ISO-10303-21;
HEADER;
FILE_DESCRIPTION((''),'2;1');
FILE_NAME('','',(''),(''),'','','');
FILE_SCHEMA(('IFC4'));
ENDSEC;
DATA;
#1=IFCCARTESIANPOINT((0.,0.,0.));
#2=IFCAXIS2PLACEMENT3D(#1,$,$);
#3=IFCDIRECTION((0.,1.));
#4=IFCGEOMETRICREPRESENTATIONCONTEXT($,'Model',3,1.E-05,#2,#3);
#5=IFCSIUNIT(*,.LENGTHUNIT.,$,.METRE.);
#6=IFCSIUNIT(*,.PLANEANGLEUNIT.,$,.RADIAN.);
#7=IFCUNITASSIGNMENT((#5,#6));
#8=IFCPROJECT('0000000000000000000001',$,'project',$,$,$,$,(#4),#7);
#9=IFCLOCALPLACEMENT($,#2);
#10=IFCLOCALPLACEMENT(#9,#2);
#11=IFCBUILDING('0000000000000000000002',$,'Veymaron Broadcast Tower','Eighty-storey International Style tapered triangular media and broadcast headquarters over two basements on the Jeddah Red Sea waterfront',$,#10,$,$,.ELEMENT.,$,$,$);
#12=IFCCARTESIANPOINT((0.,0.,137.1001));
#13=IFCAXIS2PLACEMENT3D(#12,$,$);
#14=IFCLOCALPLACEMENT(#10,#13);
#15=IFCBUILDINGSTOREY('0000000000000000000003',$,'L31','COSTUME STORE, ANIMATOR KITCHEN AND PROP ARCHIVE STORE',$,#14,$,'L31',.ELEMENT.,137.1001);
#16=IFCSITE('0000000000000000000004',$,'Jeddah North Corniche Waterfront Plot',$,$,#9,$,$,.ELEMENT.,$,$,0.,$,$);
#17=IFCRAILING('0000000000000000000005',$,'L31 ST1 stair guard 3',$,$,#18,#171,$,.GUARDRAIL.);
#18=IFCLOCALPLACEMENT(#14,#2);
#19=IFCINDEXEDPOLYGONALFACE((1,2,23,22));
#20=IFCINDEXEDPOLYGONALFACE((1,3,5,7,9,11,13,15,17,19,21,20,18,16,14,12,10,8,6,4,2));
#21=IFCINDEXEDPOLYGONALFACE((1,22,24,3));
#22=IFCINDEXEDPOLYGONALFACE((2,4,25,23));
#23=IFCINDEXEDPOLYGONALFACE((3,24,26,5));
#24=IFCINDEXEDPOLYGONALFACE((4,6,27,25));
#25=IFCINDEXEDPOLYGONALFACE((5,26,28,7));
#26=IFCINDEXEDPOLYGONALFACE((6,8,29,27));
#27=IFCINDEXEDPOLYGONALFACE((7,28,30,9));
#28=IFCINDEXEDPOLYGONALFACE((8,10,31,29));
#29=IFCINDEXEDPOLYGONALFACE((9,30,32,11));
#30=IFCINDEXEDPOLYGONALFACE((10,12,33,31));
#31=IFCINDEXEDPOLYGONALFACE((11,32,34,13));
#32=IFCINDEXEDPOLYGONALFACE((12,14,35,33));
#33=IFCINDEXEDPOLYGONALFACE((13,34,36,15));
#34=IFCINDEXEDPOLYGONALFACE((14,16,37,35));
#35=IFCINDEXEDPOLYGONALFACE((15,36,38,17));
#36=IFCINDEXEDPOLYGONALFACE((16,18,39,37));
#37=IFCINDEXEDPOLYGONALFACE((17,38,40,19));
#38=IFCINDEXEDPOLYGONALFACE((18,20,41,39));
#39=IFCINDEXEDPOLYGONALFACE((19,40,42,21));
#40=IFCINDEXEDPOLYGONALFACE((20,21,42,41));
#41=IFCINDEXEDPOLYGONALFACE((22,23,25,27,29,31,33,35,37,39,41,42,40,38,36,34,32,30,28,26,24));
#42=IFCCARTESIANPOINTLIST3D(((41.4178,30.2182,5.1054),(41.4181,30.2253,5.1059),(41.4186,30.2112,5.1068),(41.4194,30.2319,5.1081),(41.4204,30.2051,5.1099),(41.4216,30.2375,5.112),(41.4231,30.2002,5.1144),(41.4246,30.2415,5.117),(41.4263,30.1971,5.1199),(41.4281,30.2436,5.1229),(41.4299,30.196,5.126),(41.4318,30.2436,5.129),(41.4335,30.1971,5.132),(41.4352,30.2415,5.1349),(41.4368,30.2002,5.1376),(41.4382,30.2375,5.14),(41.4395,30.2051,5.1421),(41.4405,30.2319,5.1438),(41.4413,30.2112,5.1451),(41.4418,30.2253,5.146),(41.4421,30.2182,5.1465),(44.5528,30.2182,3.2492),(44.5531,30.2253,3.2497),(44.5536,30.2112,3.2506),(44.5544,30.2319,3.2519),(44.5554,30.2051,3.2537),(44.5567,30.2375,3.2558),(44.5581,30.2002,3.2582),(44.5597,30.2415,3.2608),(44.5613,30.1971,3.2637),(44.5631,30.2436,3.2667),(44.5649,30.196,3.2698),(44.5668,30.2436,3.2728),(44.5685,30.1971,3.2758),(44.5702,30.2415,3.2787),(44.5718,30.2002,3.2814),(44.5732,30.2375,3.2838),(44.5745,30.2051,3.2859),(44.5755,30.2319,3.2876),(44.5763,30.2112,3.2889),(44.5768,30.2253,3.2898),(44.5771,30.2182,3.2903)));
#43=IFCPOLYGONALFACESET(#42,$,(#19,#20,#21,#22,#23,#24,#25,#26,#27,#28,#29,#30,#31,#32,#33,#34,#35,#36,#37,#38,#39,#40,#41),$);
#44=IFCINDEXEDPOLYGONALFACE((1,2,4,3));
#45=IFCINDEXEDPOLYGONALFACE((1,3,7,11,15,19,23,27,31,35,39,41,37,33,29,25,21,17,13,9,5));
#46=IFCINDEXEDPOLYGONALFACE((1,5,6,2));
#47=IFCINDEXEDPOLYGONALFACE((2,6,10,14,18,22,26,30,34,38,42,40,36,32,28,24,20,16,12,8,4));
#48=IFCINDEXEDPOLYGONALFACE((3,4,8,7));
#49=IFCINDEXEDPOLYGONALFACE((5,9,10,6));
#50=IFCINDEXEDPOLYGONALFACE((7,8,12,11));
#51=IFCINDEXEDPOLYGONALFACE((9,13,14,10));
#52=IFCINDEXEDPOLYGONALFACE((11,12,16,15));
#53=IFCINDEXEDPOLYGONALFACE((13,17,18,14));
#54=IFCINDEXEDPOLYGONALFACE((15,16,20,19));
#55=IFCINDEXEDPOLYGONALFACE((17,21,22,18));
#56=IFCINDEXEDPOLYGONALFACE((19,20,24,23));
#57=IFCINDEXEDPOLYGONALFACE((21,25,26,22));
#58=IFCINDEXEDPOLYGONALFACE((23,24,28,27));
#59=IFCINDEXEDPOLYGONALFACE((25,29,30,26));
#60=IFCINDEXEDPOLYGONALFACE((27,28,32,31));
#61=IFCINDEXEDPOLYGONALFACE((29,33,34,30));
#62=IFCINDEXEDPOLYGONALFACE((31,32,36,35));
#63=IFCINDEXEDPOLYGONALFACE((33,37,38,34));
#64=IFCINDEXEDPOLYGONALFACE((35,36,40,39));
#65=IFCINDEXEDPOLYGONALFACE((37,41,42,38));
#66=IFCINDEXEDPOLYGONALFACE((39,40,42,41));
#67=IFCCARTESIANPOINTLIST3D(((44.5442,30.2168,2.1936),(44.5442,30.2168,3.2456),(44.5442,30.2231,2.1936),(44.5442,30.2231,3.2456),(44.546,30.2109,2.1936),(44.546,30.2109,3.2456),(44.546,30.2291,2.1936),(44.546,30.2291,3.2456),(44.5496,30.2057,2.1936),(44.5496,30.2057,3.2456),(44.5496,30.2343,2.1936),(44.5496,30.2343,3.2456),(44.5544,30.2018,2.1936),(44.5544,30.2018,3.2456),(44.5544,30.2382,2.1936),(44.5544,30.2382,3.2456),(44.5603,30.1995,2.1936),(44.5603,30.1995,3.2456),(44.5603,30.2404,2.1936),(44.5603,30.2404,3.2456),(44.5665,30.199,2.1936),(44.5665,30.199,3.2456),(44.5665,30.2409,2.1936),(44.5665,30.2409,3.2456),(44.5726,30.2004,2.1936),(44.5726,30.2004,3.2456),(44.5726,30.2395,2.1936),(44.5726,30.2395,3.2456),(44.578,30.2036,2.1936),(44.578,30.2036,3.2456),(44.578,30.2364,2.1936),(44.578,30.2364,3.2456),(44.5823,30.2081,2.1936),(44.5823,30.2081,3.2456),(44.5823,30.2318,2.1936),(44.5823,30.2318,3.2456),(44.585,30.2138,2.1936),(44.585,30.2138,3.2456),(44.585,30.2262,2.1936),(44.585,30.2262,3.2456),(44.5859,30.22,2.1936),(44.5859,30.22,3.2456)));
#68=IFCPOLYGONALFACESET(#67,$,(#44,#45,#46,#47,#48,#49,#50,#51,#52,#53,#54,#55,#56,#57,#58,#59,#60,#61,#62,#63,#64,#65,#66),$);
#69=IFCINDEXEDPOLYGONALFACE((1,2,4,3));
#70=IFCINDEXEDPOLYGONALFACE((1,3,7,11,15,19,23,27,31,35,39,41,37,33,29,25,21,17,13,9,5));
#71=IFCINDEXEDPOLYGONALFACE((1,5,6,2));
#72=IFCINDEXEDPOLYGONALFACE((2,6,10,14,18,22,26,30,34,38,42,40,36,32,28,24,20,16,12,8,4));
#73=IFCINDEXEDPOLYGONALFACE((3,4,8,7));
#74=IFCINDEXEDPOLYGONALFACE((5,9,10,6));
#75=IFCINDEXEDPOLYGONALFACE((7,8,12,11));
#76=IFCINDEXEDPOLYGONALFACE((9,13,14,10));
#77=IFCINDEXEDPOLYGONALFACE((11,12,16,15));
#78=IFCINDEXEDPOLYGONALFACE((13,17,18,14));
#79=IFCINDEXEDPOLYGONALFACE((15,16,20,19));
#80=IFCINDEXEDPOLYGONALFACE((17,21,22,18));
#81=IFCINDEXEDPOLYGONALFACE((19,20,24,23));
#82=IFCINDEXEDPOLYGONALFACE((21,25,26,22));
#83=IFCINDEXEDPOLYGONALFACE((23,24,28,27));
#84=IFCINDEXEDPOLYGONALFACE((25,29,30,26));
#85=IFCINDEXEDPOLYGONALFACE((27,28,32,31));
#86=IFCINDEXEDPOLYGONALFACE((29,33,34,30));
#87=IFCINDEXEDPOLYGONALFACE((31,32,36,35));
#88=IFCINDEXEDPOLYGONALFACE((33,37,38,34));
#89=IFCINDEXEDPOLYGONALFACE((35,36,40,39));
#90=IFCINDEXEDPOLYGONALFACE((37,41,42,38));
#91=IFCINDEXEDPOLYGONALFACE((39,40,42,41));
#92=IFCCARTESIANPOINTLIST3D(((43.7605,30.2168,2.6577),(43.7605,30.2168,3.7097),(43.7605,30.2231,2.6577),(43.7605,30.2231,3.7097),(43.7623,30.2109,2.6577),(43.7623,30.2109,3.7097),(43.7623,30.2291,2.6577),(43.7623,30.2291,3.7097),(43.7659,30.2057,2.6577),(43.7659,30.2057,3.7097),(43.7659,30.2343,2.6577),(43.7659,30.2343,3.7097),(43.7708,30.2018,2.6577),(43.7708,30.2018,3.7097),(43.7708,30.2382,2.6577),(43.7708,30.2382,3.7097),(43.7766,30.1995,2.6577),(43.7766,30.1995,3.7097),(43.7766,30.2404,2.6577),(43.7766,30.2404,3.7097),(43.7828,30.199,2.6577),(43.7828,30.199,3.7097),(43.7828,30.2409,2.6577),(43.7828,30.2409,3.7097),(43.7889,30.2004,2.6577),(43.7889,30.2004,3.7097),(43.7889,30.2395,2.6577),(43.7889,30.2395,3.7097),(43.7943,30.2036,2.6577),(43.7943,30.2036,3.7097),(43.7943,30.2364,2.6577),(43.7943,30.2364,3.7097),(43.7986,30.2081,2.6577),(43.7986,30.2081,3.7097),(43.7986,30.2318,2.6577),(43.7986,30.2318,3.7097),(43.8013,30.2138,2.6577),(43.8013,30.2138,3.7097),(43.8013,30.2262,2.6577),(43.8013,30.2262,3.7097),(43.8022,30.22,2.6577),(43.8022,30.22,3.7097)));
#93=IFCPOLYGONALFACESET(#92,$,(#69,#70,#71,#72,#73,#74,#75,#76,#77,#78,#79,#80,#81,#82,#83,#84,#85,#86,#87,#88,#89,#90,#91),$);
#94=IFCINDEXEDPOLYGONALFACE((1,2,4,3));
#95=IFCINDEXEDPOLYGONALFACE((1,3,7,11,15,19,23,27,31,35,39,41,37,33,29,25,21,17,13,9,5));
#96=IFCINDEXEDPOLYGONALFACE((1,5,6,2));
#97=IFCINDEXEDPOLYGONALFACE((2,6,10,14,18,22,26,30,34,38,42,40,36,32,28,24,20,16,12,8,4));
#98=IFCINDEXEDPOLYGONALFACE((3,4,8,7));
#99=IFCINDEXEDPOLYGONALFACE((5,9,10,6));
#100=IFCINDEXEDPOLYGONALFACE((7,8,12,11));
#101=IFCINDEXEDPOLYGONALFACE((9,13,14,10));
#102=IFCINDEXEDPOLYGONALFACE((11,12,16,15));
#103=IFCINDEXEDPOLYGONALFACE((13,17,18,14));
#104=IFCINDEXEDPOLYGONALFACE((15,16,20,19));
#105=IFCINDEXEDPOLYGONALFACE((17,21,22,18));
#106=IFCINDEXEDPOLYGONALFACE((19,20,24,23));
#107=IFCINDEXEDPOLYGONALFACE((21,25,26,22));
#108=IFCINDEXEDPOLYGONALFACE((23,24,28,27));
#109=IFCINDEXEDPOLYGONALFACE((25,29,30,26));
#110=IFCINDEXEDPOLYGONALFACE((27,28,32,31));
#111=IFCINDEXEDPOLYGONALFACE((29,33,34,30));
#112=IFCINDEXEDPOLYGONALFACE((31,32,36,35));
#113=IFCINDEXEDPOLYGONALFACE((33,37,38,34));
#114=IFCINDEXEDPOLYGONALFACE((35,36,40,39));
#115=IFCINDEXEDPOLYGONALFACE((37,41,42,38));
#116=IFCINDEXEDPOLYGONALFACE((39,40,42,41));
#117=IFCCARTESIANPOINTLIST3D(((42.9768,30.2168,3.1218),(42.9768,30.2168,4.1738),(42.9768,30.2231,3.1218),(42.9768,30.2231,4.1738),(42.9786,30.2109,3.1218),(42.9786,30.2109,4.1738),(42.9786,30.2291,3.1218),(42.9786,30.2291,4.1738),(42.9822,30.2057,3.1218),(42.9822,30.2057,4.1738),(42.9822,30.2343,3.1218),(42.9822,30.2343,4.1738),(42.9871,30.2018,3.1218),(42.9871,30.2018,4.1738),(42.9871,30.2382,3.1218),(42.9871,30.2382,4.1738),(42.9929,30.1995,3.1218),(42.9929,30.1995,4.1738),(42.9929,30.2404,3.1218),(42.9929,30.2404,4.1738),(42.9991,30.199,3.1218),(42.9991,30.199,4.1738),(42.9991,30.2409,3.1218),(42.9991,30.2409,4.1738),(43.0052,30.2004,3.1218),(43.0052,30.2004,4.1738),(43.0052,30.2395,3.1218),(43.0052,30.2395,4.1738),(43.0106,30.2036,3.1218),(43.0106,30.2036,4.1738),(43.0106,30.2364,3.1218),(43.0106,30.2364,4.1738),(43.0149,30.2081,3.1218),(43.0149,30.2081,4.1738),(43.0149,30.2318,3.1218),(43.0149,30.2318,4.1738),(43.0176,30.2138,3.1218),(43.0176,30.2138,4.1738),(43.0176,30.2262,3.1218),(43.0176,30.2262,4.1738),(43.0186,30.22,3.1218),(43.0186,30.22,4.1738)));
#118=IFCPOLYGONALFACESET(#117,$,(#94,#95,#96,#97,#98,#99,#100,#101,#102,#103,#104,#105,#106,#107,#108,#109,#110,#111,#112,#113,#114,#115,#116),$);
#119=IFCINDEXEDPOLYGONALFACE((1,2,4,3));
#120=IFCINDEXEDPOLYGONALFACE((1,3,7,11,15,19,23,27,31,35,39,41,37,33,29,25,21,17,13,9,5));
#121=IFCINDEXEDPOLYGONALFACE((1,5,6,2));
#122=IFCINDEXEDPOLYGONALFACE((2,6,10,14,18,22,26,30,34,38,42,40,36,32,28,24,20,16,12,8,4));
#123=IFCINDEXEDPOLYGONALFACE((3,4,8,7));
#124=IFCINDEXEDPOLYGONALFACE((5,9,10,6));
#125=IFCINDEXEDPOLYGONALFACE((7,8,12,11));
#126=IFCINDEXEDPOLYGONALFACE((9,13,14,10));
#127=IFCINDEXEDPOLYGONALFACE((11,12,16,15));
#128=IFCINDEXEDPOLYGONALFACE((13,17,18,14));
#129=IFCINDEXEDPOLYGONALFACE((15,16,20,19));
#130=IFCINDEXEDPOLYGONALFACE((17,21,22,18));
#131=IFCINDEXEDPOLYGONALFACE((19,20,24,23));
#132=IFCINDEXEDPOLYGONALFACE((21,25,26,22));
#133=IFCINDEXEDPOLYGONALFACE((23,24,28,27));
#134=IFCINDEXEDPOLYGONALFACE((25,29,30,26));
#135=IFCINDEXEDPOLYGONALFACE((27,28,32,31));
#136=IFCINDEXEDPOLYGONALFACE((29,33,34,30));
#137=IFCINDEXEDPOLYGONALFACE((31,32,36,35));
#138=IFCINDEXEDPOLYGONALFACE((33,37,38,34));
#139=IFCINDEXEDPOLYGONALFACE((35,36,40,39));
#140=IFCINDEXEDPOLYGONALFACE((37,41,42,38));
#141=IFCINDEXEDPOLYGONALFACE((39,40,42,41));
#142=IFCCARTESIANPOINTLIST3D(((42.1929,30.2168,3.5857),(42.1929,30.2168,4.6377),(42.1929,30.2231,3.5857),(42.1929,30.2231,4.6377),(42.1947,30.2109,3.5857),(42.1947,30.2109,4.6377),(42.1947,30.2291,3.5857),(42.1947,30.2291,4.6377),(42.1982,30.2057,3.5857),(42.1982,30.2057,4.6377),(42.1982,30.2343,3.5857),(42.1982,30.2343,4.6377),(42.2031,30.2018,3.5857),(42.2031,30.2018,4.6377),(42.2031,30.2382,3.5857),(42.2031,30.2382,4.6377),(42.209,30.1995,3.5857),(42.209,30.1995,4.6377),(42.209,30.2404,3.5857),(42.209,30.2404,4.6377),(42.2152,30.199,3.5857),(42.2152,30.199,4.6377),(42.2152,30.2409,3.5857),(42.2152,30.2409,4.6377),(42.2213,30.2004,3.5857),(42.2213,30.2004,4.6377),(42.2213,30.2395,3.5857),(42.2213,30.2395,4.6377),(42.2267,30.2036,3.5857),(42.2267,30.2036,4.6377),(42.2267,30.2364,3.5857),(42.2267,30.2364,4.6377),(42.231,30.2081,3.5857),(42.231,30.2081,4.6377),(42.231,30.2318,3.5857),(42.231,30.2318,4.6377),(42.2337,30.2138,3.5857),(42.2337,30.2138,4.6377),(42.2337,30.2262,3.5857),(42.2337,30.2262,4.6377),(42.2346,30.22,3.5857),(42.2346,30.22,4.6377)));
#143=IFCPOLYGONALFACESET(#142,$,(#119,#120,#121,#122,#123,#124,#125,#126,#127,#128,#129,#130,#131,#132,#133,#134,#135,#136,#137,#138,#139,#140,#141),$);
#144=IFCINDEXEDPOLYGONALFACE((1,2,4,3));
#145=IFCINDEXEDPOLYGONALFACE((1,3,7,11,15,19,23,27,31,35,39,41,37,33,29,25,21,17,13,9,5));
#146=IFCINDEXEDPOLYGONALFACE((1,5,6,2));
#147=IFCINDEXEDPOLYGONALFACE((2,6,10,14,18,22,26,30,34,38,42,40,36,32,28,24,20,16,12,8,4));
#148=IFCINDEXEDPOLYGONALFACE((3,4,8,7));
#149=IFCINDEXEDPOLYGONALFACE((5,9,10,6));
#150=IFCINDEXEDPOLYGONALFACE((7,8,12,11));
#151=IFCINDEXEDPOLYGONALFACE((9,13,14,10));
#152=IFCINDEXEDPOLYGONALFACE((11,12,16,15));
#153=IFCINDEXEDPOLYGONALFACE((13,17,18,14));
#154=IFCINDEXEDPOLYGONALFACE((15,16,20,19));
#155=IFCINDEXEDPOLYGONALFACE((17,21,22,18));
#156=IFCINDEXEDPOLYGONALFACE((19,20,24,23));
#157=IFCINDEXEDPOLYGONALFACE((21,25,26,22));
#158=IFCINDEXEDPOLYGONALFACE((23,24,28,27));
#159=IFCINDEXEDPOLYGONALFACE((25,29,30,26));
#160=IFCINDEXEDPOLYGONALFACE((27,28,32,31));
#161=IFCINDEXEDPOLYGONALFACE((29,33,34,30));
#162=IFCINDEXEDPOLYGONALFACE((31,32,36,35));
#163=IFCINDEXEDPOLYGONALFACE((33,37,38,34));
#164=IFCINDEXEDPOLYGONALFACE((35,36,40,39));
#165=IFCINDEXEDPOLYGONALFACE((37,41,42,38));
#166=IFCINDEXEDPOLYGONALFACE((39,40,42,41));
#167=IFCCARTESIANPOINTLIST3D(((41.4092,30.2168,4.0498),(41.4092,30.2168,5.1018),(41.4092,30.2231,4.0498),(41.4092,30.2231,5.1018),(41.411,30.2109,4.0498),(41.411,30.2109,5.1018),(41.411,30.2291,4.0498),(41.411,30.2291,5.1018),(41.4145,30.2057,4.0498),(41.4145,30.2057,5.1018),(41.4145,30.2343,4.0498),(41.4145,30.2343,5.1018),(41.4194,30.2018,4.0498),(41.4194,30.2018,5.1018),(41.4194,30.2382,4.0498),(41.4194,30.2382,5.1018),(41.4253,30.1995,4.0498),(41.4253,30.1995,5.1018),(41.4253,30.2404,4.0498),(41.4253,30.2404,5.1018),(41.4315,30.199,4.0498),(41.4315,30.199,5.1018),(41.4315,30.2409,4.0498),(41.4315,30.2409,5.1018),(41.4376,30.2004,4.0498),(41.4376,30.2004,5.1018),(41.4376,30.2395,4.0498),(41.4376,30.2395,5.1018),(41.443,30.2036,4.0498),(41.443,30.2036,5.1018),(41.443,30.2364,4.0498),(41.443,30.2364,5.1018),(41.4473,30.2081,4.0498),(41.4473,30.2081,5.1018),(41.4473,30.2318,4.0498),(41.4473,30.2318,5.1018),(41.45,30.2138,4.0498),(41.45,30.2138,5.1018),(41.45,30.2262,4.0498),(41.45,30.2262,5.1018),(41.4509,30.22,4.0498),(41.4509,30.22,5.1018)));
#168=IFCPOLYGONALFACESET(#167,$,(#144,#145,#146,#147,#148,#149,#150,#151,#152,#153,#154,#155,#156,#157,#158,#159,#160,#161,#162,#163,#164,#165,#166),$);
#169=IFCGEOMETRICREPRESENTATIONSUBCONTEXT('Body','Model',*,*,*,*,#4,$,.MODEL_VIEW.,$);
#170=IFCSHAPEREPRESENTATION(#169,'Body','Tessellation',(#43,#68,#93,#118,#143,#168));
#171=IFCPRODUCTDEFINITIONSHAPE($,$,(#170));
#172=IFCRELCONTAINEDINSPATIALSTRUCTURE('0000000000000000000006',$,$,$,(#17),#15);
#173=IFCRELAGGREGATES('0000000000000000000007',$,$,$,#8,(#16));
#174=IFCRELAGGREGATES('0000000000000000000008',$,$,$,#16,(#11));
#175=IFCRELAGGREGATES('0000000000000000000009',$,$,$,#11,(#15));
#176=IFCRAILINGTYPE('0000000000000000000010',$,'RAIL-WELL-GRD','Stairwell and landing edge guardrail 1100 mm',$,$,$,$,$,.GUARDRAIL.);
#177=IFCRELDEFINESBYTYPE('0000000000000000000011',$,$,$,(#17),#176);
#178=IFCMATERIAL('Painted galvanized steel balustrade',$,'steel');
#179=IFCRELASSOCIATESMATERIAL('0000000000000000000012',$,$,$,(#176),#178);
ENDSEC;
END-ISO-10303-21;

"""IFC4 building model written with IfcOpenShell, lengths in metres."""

from ifc_helpers import new_model, si_unit, direction, frame, origin, origin_2d, place, context, subcontext, project, spatial, circle, extrude, material, type_object, element, save


model = new_model("IFC4")

# Units and contexts
model_context = context("Model", 3, precision=1e-05, world=origin(), true_north=direction((0.0, 1.0)))
body_context = subcontext(model_context, "Body", "Model", "MODEL_VIEW")
ifc_project = project(units=[si_unit("LENGTHUNIT", "METRE"), si_unit("PLANEANGLEUNIT", "RADIAN")], contexts=[model_context])

# Site, building, storey
site_placement = place(None, origin())
site = spatial("IfcSite", under=ifc_project, at=site_placement, Name="Jeddah North Corniche Waterfront Plot", CompositionType="ELEMENT", RefElevation=0.0)
building_placement = place(site_placement, origin())
building = spatial("IfcBuilding", under=site, at=building_placement, Name="Veymaron Broadcast Tower", Description="Eighty-storey International Style tapered triangular media and broadcast headquarters over two basements on the Jeddah Red Sea waterfront", CompositionType="ELEMENT")
storey_placement = place(building_placement, frame((0.0, 0.0, 137.1001)))
storey = spatial("IfcBuildingStorey", under=building, at=storey_placement, Name="L31", Description="COSTUME STORE, ANIMATOR KITCHEN AND PROP ARCHIVE STORE", LongName="L31", CompositionType="ELEMENT", Elevation=137.1001)

# Railing
ifc_material_1 = material(Name="Painted galvanized steel balustrade", Category="steel")
railing_type_1 = type_object("IfcRailingType", Name="RAIL-WELL-GRD", Description="Stairwell and landing edge guardrail 1100 mm", PredefinedType="GUARDRAIL", material=ifc_material_1)
railing_1_placement = place(storey_placement, frame((44.5649, 30.22, 2.1936)))
element("IfcRailing", 1, at=railing_1_placement, inside=storey, type_object=railing_type_1, Name="L31 ST1 stair guard 3", PredefinedType="GUARDRAIL", context=body_context, shape_type="SweptSolid", body=[
    extrude(circle(Radius=0.0239, at=origin_2d()), frame((0.0, 0.0, 1.0762), z_axis=(-0.860482, 0.0, 0.509481), x_axis=(0.0, -1.0, 0.0)), (0.0, 0.0, 1.0), 3.6433),
    extrude(circle(Radius=0.021, at=origin_2d()), origin(), (0.0, 0.0, 1.0), 1.052),
    extrude(circle(Radius=0.021, at=origin_2d()), frame((-0.7837, 0.0, 0.4641)), (0.0, 0.0, 1.0), 1.052),
    extrude(circle(Radius=0.021, at=origin_2d()), frame((-1.5674, 0.0, 0.9282)), (0.0, 0.0, 1.0), 1.052),
    extrude(circle(Radius=0.021, at=origin_2d()), frame((-2.3513, 0.0, 1.3921)), (0.0, 0.0, 1.0), 1.052),
    extrude(circle(Radius=0.021, at=origin_2d()), frame((-3.135, 0.0, 1.8562)), (0.0, 0.0, 1.0), 1.052),
])

save(model, "model.ifc")
